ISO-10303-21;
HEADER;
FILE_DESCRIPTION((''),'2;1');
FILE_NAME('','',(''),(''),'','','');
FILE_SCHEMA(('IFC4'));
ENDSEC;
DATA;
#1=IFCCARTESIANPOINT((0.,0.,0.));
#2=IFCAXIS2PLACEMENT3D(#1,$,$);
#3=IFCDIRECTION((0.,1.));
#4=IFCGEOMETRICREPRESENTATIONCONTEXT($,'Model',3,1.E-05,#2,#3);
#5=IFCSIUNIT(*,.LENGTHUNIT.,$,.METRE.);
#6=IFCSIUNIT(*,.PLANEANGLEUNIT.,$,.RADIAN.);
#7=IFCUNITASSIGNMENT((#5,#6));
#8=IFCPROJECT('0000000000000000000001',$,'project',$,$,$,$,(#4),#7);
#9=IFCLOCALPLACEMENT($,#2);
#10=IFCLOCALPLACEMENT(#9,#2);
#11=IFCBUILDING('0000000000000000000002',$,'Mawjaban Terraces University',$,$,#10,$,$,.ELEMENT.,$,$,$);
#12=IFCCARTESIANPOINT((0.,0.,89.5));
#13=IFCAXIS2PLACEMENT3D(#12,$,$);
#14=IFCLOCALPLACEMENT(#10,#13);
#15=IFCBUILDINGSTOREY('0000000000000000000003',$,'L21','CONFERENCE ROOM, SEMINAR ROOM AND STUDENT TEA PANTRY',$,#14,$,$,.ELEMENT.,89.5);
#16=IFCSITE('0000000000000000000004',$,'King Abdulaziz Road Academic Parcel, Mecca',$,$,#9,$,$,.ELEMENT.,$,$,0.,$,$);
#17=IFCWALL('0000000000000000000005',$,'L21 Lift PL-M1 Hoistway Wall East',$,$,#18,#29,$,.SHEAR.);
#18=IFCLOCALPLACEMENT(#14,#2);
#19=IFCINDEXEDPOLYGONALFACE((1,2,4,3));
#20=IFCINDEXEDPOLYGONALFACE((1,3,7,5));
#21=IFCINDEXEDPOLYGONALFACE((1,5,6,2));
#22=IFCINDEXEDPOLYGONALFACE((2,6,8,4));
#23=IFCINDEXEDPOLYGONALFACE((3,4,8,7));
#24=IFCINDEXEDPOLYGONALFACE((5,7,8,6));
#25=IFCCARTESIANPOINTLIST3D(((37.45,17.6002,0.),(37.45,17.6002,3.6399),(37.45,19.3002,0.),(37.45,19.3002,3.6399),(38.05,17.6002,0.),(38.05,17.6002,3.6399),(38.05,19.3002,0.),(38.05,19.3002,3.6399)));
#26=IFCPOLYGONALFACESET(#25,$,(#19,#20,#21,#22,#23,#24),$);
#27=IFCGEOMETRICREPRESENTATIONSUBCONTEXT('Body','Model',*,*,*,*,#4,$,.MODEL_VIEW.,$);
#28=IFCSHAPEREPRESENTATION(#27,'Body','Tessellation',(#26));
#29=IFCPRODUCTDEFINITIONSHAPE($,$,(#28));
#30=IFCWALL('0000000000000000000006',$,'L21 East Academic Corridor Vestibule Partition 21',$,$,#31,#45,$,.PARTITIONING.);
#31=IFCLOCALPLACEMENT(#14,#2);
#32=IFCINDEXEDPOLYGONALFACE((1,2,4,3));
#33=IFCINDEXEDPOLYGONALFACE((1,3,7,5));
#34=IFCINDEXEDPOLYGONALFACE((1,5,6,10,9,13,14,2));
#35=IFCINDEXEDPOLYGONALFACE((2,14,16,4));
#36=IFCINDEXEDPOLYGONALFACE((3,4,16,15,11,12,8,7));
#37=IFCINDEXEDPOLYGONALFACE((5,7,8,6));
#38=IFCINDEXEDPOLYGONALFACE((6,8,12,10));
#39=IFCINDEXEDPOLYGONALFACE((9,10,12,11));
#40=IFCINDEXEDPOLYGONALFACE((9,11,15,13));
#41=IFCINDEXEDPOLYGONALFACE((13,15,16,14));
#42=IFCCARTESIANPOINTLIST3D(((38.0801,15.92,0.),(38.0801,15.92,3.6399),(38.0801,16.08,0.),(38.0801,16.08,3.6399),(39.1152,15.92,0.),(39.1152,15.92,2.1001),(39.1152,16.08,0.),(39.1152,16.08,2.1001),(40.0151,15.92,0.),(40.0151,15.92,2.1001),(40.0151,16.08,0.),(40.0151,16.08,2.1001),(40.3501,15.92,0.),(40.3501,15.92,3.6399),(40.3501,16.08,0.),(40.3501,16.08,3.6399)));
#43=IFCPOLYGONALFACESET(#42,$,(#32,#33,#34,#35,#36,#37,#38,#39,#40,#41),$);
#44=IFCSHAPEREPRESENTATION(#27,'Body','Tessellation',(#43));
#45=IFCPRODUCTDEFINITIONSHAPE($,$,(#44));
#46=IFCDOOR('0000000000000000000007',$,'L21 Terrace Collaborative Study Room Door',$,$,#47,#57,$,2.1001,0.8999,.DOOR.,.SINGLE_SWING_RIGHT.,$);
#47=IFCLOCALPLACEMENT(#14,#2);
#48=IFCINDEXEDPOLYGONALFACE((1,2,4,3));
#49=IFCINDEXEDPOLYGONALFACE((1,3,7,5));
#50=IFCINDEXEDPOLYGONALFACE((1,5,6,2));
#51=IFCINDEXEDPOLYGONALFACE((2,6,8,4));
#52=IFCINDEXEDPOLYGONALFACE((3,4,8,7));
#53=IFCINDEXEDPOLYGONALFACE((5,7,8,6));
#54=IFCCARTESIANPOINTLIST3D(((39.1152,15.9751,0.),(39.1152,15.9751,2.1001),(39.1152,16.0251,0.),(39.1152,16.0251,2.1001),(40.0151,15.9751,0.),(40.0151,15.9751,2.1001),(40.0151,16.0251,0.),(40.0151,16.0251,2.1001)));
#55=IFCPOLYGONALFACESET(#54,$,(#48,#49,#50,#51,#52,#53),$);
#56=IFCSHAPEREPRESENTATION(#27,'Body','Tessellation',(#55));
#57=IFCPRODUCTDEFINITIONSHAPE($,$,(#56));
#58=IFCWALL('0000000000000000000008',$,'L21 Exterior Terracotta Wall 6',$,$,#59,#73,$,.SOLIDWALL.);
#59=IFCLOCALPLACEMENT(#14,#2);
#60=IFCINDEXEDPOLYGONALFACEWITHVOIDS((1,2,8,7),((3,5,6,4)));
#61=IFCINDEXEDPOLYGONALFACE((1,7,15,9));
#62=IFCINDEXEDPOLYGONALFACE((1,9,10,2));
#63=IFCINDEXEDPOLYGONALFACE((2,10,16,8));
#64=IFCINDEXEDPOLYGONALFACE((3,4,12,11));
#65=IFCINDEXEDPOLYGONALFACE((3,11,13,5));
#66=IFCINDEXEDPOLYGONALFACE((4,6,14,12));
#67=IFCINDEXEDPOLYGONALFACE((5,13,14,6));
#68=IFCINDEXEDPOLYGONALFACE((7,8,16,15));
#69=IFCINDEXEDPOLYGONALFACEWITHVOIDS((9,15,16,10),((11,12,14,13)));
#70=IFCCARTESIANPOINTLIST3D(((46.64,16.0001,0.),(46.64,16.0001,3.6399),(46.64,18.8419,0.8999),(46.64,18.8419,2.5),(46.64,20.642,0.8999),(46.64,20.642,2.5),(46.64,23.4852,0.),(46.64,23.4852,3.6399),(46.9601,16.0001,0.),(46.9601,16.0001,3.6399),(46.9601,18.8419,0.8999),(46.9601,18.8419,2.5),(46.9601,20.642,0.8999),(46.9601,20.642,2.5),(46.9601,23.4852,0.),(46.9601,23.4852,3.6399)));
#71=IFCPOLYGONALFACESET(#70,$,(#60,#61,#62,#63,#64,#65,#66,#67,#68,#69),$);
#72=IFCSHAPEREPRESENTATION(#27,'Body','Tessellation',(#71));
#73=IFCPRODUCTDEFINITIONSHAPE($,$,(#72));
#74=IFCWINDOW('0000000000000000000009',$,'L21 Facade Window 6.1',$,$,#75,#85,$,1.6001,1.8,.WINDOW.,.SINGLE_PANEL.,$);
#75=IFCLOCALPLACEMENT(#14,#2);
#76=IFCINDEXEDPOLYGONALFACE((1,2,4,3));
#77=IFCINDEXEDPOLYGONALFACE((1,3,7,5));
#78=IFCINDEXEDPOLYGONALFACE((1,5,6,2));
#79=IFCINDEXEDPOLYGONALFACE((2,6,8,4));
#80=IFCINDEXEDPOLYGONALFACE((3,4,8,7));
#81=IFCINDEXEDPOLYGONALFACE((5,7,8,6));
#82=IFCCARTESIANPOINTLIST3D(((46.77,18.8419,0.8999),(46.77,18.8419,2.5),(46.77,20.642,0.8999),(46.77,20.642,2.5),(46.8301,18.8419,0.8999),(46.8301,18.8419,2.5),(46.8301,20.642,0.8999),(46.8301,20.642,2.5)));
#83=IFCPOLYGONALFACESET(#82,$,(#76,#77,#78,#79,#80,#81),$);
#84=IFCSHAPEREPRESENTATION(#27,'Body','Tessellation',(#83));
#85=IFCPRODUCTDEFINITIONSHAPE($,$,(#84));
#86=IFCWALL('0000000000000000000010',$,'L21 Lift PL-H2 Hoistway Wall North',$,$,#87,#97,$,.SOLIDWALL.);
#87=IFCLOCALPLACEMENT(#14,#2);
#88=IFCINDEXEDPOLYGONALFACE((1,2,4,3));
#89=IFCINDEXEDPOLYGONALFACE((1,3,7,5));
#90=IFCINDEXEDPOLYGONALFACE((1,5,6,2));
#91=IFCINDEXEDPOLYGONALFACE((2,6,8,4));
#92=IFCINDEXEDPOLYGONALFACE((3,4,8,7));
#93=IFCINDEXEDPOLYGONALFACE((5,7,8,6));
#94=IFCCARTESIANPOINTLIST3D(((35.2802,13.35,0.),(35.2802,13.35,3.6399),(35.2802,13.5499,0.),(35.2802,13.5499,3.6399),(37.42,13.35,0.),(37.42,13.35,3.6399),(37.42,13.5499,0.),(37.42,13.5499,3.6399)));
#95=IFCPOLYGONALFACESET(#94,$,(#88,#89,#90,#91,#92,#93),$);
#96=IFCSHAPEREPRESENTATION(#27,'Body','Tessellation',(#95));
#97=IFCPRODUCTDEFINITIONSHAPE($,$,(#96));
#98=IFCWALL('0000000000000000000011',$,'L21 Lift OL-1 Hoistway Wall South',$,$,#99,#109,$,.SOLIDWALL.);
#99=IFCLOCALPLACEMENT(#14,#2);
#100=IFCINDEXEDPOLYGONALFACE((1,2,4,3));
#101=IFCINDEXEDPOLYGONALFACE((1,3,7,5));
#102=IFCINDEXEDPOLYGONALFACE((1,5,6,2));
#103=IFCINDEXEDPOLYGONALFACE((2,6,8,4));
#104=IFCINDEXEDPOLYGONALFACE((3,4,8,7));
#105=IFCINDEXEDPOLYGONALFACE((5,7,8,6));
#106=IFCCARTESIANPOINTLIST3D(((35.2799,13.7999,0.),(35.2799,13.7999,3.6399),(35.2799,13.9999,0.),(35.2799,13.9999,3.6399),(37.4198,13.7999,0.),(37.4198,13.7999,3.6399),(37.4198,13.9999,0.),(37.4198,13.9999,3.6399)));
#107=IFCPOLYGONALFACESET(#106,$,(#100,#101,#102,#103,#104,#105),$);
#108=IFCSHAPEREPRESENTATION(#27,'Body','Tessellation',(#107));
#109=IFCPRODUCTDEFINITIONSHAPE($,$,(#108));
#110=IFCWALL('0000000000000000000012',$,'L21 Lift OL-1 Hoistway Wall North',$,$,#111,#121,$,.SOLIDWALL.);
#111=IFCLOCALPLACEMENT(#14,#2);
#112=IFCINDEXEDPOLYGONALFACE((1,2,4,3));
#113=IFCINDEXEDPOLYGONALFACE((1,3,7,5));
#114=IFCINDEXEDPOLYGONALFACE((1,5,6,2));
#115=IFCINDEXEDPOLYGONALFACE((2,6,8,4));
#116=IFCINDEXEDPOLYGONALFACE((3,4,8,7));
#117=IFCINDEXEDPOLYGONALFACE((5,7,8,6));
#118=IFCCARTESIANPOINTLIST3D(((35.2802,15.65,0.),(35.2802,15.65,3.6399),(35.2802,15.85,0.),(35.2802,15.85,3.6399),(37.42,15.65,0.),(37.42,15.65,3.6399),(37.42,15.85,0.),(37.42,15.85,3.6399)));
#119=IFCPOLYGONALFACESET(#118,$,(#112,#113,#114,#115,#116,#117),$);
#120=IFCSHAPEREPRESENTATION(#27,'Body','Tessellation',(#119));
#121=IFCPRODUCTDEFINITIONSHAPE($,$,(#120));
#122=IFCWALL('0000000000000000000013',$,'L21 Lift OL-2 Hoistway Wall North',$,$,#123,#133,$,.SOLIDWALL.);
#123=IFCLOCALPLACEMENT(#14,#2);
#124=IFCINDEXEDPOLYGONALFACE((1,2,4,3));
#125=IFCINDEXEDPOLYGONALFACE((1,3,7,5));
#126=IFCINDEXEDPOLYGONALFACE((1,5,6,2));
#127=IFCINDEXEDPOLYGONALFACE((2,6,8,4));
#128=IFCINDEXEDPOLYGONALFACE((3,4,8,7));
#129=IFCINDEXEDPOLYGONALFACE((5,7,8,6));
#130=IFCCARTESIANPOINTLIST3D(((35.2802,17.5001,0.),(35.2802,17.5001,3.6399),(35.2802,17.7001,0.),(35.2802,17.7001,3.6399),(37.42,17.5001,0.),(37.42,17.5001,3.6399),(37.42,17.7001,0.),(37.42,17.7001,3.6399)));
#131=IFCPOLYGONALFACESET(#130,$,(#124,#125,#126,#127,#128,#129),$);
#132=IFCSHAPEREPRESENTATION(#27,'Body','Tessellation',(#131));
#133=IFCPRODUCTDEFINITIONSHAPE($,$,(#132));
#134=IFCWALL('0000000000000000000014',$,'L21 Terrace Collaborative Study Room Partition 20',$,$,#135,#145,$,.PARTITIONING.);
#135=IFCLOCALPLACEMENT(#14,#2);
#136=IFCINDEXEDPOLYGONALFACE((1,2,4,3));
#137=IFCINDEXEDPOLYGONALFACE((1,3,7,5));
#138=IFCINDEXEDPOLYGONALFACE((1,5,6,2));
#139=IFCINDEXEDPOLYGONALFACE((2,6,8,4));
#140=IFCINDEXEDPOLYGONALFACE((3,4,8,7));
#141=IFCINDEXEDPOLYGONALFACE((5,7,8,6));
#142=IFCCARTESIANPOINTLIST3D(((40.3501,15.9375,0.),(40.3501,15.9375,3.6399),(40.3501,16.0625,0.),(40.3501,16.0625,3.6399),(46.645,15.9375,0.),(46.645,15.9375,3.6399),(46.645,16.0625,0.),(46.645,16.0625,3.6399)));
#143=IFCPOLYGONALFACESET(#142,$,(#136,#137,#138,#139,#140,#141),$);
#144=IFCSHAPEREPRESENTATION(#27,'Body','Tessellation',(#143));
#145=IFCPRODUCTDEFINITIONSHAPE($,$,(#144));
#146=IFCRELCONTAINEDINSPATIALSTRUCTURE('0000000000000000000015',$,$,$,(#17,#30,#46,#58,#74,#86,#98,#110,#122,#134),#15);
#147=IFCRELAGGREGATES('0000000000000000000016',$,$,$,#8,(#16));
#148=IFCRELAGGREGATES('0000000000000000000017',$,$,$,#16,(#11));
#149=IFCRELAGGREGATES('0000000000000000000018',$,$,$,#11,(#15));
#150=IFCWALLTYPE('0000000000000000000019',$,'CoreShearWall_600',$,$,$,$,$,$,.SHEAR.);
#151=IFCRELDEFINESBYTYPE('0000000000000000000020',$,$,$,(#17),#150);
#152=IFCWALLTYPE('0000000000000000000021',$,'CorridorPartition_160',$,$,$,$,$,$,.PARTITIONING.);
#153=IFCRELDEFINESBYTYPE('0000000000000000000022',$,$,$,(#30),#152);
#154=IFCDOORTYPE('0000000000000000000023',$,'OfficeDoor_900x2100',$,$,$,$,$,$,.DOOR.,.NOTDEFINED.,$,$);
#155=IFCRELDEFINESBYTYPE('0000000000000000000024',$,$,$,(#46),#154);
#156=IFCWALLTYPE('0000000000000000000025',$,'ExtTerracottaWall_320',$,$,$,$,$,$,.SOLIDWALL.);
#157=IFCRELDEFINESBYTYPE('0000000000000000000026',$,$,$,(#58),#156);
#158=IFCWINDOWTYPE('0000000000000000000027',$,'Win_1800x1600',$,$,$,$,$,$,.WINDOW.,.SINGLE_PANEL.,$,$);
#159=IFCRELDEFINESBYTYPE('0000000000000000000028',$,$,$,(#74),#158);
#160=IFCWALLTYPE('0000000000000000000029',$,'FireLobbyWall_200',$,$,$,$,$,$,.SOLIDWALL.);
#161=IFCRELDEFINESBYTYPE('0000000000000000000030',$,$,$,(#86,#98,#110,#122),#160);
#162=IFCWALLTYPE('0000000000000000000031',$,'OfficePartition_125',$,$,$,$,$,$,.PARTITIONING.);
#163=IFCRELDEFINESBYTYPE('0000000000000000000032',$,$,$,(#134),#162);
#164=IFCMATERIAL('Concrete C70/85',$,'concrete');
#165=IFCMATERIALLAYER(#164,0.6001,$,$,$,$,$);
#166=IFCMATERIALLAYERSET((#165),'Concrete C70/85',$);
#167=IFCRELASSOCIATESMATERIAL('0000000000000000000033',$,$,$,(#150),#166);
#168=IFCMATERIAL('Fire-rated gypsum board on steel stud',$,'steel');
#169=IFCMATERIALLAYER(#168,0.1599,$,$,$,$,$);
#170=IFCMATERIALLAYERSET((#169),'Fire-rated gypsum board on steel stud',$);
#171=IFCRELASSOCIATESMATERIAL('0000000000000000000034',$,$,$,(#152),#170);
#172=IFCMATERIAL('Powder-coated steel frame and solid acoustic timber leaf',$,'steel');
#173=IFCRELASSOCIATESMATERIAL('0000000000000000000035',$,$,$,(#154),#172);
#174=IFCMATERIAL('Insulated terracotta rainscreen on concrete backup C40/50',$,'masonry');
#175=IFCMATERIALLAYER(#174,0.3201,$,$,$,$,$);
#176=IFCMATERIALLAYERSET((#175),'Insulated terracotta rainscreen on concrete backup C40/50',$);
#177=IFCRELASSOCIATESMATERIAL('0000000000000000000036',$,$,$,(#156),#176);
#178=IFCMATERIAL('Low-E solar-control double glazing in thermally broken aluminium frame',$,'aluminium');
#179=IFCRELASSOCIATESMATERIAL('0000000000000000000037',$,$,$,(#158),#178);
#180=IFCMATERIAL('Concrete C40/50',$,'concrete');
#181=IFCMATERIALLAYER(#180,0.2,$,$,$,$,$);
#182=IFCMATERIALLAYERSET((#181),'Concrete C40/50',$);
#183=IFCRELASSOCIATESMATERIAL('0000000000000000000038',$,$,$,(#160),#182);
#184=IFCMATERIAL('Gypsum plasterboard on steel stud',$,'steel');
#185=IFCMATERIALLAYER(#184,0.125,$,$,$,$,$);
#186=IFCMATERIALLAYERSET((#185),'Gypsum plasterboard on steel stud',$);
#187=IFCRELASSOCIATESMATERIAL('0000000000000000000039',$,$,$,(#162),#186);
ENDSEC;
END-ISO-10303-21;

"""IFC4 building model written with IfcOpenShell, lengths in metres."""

from ifc_helpers import new_model, si_unit, direction, frame, frame_2d, origin, place, context, subcontext, project, spatial, rectangle, extrude, material, layer, layer_set, type_object, element, fill, save


model = new_model("IFC4")

# Units and contexts
model_context = context("Model", 3, precision=1e-05, world=origin(), true_north=direction((0.0, 1.0)))
body_context = subcontext(model_context, "Body", "Model", "MODEL_VIEW")
ifc_project = project(units=[si_unit("LENGTHUNIT", "METRE"), si_unit("PLANEANGLEUNIT", "RADIAN")], contexts=[model_context])

# Site, building, storey
site_placement = place(None, origin())
site = spatial("IfcSite", under=ifc_project, at=site_placement, Name="King Abdulaziz Road Academic Parcel, Mecca", CompositionType="ELEMENT", RefElevation=0.0)
building_placement = place(site_placement, origin())
building = spatial("IfcBuilding", under=site, at=building_placement, Name="Mawjaban Terraces University", CompositionType="ELEMENT")
storey_placement = place(building_placement, frame((0.0, 0.0, 89.5)))
storey = spatial("IfcBuildingStorey", under=building, at=storey_placement, Name="L21", Description="CONFERENCE ROOM, SEMINAR ROOM AND STUDENT TEA PANTRY", CompositionType="ELEMENT", Elevation=89.5)

# Shared definitions
ifc_material_1 = material(Name="Concrete C70/85", Category="concrete")

# Wall
ifc_layer_1 = layer(ifc_material_1, 0.6001)
ifc_layer_set_1 = layer_set([ifc_layer_1], Name="Concrete C70/85")
wall_type_1 = type_object("IfcWallType", Name="CoreShearWall_600", PredefinedType="SHEAR", material=ifc_layer_set_1)
wall_1_placement = place(storey_placement, frame((37.75, 17.6001, 0.0), z_axis=(0.0, 0.0, 1.0), x_axis=(0.0, 1.0, 0.0)))
element("IfcWall", 1, at=wall_1_placement, inside=storey, type_object=wall_type_1, Name="L21 Lift PL-M1 Hoistway Wall East", PredefinedType="SHEAR", context=body_context, shape_type="SweptSolid", body=[
    extrude(rectangle(XDim=1.7, YDim=0.6001, at=frame_2d((0.8501, 0.0))), origin(), (0.0, 0.0, 1.0), 3.6399),
])

# Wall, opening, door
ifc_material_2 = material(Name="Fire-rated gypsum board on steel stud", Category="steel")
ifc_layer_2 = layer(ifc_material_2, 0.1599)
ifc_layer_set_2 = layer_set([ifc_layer_2], Name="Fire-rated gypsum board on steel stud")
wall_type_2 = type_object("IfcWallType", Name="CorridorPartition_160", PredefinedType="PARTITIONING", material=ifc_layer_set_2)
wall_2_placement = place(storey_placement, frame((40.3501, 16.0, 0.0), z_axis=(0.0, 0.0, 1.0), x_axis=(-1.0, 0.0, 0.0)))
wall_2 = element("IfcWall", 2, at=wall_2_placement, inside=storey, type_object=wall_type_2, Name="L21 East Academic Corridor Vestibule Partition 21", PredefinedType="PARTITIONING", context=body_context, shape_type="SweptSolid", body=[
    extrude(rectangle(XDim=2.27, YDim=0.1599, at=frame_2d((1.135, 0.0))), origin(), (0.0, 0.0, 1.0), 3.6399),
])
opening_1_placement = place(wall_2_placement, frame((0.335, 0.0, 0.0)))
opening_1 = element("IfcOpeningElement", 3, at=opening_1_placement, cuts=wall_2, PredefinedType="OPENING", context=body_context, shape_type="SweptSolid", body=[
    extrude(rectangle(XDim=0.8999, YDim=2.1001, at=frame_2d((0.45, 1.05))), frame((0.0, 0.0898, 0.0), z_axis=(0.0, -1.0, 0.0), x_axis=(1.0, 0.0, 0.0)), (0.0, 0.0, 1.0), 0.1799),
])
ifc_material_3 = material(Name="Powder-coated steel frame and solid acoustic timber leaf", Category="steel")
door_type = type_object("IfcDoorType", Name="OfficeDoor_900x2100", OperationType="NOTDEFINED", PredefinedType="DOOR", material=ifc_material_3)
door_placement = place(opening_1_placement, origin())
door = element("IfcDoor", 4, at=door_placement, inside=storey, type_object=door_type, Name="L21 Terrace Collaborative Study Room Door", OperationType="SINGLE_SWING_RIGHT", OverallHeight=2.1001, OverallWidth=0.8999, PredefinedType="DOOR", context=body_context, shape_type="SweptSolid", body=[
    extrude(rectangle(XDim=0.8999, YDim=2.1001, at=frame_2d((0.45, 1.05))), frame((0.0, 0.0249, 0.0), z_axis=(0.0, -1.0, 0.0), x_axis=(1.0, 0.0, 0.0)), (0.0, 0.0, 1.0), 0.05),
])
fill(opening_1, door)

# Wall, opening, window
ifc_material_4 = material(Name="Insulated terracotta rainscreen on concrete backup C40/50", Category="masonry")
ifc_layer_3 = layer(ifc_material_4, 0.3201)
ifc_layer_set_3 = layer_set([ifc_layer_3], Name="Insulated terracotta rainscreen on concrete backup C40/50")
wall_type_3 = type_object("IfcWallType", Name="ExtTerracottaWall_320", PredefinedType="SOLIDWALL", material=ifc_layer_set_3)
wall_3_placement = place(storey_placement, frame((46.8, 16.0, 0.0), z_axis=(0.0, 0.0, 1.0), x_axis=(0.0, 1.0, 0.0)))
wall_3 = element("IfcWall", 5, at=wall_3_placement, inside=storey, type_object=wall_type_3, Name="L21 Exterior Terracotta Wall 6", PredefinedType="SOLIDWALL", context=body_context, shape_type="SweptSolid", body=[
    extrude(rectangle(XDim=7.4851, YDim=0.3201, at=frame_2d((3.7427, 0.0))), origin(), (0.0, 0.0, 1.0), 3.6399),
])
opening_2_placement = place(wall_3_placement, frame((2.842, 0.0, 0.8999)))
opening_2 = element("IfcOpeningElement", 6, at=opening_2_placement, cuts=wall_3, PredefinedType="OPENING", context=body_context, shape_type="SweptSolid", body=[
    extrude(rectangle(XDim=1.8, YDim=1.6001, at=frame_2d((0.8999, 0.8))), frame((0.0, 0.1699, 0.0), z_axis=(0.0, -1.0, 0.0), x_axis=(1.0, 0.0, 0.0)), (0.0, 0.0, 1.0), 0.3401),
])
ifc_material_5 = material(Name="Low-E solar-control double glazing in thermally broken aluminium frame", Category="aluminium")
window_type = type_object("IfcWindowType", Name="Win_1800x1600", PartitioningType="SINGLE_PANEL", PredefinedType="WINDOW", material=ifc_material_5)
window_placement = place(opening_2_placement, origin())
window = element("IfcWindow", 7, at=window_placement, inside=storey, type_object=window_type, Name="L21 Facade Window 6.1", OverallHeight=1.6001, OverallWidth=1.8, PartitioningType="SINGLE_PANEL", PredefinedType="WINDOW", context=body_context, shape_type="SweptSolid", body=[
    extrude(rectangle(XDim=1.8, YDim=1.6001, at=frame_2d((0.8999, 0.8))), frame((0.0, 0.03, 0.0), z_axis=(0.0, -1.0, 0.0), x_axis=(1.0, 0.0, 0.0)), (0.0, 0.0, 1.0), 0.0601),
])
fill(opening_2, window)

# Walls
ifc_material_6 = material(Name="Concrete C40/50", Category="concrete")
ifc_layer_4 = layer(ifc_material_6, 0.2)
ifc_layer_set_4 = layer_set([ifc_layer_4], Name="Concrete C40/50")
wall_type_4 = type_object("IfcWallType", Name="FireLobbyWall_200", PredefinedType="SOLIDWALL", material=ifc_layer_set_4)
for number, where, z_axis, x_axis, name in (
    (8, (37.4199, 13.45, 0.0), (0.0, 0.0, 1.0), (-1.0, 0.0, 0.0), "L21 Lift PL-H2 Hoistway Wall North"),
    (9, (35.28, 13.8999, 0.0), (0.0, 0.0, 1.0), (1.0, 0.0, 0.0), "L21 Lift OL-1 Hoistway Wall South"),
    (10, (37.4199, 15.75, 0.0), (0.0, 0.0, 1.0), (-1.0, 0.0, 0.0), "L21 Lift OL-1 Hoistway Wall North"),
    (11, (37.4199, 17.6001, 0.0), (0.0, 0.0, 1.0), (-1.0, 0.0, 0.0), "L21 Lift OL-2 Hoistway Wall North"),
):
    element("IfcWall", number, at=place(storey_placement, frame(where, z_axis=z_axis, x_axis=x_axis)), inside=storey, type_object=wall_type_4, Name=name, PredefinedType="SOLIDWALL", context=body_context, shape_type="SweptSolid", body=[
        extrude(rectangle(XDim=2.1399, YDim=0.2, at=frame_2d((1.0698, 0.0))), origin(), (0.0, 0.0, 1.0), 3.6399),
    ])
ifc_material_7 = material(Name="Gypsum plasterboard on steel stud", Category="steel")
ifc_layer_5 = layer(ifc_material_7, 0.125)
ifc_layer_set_5 = layer_set([ifc_layer_5], Name="Gypsum plasterboard on steel stud")
wall_type_5 = type_object("IfcWallType", Name="OfficePartition_125", PredefinedType="PARTITIONING", material=ifc_layer_set_5)
wall_4_placement = place(storey_placement, frame((40.3501, 16.0, 0.0), z_axis=(0.0, 0.0, 1.0), x_axis=(1.0, 0.0, 0.0)))
element("IfcWall", 12, at=wall_4_placement, inside=storey, type_object=wall_type_5, Name="L21 Terrace Collaborative Study Room Partition 20", PredefinedType="PARTITIONING", context=body_context, shape_type="SweptSolid", body=[
    extrude(rectangle(XDim=6.2949, YDim=0.125, at=frame_2d((3.1475, 0.0))), origin(), (0.0, 0.0, 1.0), 3.6399),
])

save(model, "model.ifc")
